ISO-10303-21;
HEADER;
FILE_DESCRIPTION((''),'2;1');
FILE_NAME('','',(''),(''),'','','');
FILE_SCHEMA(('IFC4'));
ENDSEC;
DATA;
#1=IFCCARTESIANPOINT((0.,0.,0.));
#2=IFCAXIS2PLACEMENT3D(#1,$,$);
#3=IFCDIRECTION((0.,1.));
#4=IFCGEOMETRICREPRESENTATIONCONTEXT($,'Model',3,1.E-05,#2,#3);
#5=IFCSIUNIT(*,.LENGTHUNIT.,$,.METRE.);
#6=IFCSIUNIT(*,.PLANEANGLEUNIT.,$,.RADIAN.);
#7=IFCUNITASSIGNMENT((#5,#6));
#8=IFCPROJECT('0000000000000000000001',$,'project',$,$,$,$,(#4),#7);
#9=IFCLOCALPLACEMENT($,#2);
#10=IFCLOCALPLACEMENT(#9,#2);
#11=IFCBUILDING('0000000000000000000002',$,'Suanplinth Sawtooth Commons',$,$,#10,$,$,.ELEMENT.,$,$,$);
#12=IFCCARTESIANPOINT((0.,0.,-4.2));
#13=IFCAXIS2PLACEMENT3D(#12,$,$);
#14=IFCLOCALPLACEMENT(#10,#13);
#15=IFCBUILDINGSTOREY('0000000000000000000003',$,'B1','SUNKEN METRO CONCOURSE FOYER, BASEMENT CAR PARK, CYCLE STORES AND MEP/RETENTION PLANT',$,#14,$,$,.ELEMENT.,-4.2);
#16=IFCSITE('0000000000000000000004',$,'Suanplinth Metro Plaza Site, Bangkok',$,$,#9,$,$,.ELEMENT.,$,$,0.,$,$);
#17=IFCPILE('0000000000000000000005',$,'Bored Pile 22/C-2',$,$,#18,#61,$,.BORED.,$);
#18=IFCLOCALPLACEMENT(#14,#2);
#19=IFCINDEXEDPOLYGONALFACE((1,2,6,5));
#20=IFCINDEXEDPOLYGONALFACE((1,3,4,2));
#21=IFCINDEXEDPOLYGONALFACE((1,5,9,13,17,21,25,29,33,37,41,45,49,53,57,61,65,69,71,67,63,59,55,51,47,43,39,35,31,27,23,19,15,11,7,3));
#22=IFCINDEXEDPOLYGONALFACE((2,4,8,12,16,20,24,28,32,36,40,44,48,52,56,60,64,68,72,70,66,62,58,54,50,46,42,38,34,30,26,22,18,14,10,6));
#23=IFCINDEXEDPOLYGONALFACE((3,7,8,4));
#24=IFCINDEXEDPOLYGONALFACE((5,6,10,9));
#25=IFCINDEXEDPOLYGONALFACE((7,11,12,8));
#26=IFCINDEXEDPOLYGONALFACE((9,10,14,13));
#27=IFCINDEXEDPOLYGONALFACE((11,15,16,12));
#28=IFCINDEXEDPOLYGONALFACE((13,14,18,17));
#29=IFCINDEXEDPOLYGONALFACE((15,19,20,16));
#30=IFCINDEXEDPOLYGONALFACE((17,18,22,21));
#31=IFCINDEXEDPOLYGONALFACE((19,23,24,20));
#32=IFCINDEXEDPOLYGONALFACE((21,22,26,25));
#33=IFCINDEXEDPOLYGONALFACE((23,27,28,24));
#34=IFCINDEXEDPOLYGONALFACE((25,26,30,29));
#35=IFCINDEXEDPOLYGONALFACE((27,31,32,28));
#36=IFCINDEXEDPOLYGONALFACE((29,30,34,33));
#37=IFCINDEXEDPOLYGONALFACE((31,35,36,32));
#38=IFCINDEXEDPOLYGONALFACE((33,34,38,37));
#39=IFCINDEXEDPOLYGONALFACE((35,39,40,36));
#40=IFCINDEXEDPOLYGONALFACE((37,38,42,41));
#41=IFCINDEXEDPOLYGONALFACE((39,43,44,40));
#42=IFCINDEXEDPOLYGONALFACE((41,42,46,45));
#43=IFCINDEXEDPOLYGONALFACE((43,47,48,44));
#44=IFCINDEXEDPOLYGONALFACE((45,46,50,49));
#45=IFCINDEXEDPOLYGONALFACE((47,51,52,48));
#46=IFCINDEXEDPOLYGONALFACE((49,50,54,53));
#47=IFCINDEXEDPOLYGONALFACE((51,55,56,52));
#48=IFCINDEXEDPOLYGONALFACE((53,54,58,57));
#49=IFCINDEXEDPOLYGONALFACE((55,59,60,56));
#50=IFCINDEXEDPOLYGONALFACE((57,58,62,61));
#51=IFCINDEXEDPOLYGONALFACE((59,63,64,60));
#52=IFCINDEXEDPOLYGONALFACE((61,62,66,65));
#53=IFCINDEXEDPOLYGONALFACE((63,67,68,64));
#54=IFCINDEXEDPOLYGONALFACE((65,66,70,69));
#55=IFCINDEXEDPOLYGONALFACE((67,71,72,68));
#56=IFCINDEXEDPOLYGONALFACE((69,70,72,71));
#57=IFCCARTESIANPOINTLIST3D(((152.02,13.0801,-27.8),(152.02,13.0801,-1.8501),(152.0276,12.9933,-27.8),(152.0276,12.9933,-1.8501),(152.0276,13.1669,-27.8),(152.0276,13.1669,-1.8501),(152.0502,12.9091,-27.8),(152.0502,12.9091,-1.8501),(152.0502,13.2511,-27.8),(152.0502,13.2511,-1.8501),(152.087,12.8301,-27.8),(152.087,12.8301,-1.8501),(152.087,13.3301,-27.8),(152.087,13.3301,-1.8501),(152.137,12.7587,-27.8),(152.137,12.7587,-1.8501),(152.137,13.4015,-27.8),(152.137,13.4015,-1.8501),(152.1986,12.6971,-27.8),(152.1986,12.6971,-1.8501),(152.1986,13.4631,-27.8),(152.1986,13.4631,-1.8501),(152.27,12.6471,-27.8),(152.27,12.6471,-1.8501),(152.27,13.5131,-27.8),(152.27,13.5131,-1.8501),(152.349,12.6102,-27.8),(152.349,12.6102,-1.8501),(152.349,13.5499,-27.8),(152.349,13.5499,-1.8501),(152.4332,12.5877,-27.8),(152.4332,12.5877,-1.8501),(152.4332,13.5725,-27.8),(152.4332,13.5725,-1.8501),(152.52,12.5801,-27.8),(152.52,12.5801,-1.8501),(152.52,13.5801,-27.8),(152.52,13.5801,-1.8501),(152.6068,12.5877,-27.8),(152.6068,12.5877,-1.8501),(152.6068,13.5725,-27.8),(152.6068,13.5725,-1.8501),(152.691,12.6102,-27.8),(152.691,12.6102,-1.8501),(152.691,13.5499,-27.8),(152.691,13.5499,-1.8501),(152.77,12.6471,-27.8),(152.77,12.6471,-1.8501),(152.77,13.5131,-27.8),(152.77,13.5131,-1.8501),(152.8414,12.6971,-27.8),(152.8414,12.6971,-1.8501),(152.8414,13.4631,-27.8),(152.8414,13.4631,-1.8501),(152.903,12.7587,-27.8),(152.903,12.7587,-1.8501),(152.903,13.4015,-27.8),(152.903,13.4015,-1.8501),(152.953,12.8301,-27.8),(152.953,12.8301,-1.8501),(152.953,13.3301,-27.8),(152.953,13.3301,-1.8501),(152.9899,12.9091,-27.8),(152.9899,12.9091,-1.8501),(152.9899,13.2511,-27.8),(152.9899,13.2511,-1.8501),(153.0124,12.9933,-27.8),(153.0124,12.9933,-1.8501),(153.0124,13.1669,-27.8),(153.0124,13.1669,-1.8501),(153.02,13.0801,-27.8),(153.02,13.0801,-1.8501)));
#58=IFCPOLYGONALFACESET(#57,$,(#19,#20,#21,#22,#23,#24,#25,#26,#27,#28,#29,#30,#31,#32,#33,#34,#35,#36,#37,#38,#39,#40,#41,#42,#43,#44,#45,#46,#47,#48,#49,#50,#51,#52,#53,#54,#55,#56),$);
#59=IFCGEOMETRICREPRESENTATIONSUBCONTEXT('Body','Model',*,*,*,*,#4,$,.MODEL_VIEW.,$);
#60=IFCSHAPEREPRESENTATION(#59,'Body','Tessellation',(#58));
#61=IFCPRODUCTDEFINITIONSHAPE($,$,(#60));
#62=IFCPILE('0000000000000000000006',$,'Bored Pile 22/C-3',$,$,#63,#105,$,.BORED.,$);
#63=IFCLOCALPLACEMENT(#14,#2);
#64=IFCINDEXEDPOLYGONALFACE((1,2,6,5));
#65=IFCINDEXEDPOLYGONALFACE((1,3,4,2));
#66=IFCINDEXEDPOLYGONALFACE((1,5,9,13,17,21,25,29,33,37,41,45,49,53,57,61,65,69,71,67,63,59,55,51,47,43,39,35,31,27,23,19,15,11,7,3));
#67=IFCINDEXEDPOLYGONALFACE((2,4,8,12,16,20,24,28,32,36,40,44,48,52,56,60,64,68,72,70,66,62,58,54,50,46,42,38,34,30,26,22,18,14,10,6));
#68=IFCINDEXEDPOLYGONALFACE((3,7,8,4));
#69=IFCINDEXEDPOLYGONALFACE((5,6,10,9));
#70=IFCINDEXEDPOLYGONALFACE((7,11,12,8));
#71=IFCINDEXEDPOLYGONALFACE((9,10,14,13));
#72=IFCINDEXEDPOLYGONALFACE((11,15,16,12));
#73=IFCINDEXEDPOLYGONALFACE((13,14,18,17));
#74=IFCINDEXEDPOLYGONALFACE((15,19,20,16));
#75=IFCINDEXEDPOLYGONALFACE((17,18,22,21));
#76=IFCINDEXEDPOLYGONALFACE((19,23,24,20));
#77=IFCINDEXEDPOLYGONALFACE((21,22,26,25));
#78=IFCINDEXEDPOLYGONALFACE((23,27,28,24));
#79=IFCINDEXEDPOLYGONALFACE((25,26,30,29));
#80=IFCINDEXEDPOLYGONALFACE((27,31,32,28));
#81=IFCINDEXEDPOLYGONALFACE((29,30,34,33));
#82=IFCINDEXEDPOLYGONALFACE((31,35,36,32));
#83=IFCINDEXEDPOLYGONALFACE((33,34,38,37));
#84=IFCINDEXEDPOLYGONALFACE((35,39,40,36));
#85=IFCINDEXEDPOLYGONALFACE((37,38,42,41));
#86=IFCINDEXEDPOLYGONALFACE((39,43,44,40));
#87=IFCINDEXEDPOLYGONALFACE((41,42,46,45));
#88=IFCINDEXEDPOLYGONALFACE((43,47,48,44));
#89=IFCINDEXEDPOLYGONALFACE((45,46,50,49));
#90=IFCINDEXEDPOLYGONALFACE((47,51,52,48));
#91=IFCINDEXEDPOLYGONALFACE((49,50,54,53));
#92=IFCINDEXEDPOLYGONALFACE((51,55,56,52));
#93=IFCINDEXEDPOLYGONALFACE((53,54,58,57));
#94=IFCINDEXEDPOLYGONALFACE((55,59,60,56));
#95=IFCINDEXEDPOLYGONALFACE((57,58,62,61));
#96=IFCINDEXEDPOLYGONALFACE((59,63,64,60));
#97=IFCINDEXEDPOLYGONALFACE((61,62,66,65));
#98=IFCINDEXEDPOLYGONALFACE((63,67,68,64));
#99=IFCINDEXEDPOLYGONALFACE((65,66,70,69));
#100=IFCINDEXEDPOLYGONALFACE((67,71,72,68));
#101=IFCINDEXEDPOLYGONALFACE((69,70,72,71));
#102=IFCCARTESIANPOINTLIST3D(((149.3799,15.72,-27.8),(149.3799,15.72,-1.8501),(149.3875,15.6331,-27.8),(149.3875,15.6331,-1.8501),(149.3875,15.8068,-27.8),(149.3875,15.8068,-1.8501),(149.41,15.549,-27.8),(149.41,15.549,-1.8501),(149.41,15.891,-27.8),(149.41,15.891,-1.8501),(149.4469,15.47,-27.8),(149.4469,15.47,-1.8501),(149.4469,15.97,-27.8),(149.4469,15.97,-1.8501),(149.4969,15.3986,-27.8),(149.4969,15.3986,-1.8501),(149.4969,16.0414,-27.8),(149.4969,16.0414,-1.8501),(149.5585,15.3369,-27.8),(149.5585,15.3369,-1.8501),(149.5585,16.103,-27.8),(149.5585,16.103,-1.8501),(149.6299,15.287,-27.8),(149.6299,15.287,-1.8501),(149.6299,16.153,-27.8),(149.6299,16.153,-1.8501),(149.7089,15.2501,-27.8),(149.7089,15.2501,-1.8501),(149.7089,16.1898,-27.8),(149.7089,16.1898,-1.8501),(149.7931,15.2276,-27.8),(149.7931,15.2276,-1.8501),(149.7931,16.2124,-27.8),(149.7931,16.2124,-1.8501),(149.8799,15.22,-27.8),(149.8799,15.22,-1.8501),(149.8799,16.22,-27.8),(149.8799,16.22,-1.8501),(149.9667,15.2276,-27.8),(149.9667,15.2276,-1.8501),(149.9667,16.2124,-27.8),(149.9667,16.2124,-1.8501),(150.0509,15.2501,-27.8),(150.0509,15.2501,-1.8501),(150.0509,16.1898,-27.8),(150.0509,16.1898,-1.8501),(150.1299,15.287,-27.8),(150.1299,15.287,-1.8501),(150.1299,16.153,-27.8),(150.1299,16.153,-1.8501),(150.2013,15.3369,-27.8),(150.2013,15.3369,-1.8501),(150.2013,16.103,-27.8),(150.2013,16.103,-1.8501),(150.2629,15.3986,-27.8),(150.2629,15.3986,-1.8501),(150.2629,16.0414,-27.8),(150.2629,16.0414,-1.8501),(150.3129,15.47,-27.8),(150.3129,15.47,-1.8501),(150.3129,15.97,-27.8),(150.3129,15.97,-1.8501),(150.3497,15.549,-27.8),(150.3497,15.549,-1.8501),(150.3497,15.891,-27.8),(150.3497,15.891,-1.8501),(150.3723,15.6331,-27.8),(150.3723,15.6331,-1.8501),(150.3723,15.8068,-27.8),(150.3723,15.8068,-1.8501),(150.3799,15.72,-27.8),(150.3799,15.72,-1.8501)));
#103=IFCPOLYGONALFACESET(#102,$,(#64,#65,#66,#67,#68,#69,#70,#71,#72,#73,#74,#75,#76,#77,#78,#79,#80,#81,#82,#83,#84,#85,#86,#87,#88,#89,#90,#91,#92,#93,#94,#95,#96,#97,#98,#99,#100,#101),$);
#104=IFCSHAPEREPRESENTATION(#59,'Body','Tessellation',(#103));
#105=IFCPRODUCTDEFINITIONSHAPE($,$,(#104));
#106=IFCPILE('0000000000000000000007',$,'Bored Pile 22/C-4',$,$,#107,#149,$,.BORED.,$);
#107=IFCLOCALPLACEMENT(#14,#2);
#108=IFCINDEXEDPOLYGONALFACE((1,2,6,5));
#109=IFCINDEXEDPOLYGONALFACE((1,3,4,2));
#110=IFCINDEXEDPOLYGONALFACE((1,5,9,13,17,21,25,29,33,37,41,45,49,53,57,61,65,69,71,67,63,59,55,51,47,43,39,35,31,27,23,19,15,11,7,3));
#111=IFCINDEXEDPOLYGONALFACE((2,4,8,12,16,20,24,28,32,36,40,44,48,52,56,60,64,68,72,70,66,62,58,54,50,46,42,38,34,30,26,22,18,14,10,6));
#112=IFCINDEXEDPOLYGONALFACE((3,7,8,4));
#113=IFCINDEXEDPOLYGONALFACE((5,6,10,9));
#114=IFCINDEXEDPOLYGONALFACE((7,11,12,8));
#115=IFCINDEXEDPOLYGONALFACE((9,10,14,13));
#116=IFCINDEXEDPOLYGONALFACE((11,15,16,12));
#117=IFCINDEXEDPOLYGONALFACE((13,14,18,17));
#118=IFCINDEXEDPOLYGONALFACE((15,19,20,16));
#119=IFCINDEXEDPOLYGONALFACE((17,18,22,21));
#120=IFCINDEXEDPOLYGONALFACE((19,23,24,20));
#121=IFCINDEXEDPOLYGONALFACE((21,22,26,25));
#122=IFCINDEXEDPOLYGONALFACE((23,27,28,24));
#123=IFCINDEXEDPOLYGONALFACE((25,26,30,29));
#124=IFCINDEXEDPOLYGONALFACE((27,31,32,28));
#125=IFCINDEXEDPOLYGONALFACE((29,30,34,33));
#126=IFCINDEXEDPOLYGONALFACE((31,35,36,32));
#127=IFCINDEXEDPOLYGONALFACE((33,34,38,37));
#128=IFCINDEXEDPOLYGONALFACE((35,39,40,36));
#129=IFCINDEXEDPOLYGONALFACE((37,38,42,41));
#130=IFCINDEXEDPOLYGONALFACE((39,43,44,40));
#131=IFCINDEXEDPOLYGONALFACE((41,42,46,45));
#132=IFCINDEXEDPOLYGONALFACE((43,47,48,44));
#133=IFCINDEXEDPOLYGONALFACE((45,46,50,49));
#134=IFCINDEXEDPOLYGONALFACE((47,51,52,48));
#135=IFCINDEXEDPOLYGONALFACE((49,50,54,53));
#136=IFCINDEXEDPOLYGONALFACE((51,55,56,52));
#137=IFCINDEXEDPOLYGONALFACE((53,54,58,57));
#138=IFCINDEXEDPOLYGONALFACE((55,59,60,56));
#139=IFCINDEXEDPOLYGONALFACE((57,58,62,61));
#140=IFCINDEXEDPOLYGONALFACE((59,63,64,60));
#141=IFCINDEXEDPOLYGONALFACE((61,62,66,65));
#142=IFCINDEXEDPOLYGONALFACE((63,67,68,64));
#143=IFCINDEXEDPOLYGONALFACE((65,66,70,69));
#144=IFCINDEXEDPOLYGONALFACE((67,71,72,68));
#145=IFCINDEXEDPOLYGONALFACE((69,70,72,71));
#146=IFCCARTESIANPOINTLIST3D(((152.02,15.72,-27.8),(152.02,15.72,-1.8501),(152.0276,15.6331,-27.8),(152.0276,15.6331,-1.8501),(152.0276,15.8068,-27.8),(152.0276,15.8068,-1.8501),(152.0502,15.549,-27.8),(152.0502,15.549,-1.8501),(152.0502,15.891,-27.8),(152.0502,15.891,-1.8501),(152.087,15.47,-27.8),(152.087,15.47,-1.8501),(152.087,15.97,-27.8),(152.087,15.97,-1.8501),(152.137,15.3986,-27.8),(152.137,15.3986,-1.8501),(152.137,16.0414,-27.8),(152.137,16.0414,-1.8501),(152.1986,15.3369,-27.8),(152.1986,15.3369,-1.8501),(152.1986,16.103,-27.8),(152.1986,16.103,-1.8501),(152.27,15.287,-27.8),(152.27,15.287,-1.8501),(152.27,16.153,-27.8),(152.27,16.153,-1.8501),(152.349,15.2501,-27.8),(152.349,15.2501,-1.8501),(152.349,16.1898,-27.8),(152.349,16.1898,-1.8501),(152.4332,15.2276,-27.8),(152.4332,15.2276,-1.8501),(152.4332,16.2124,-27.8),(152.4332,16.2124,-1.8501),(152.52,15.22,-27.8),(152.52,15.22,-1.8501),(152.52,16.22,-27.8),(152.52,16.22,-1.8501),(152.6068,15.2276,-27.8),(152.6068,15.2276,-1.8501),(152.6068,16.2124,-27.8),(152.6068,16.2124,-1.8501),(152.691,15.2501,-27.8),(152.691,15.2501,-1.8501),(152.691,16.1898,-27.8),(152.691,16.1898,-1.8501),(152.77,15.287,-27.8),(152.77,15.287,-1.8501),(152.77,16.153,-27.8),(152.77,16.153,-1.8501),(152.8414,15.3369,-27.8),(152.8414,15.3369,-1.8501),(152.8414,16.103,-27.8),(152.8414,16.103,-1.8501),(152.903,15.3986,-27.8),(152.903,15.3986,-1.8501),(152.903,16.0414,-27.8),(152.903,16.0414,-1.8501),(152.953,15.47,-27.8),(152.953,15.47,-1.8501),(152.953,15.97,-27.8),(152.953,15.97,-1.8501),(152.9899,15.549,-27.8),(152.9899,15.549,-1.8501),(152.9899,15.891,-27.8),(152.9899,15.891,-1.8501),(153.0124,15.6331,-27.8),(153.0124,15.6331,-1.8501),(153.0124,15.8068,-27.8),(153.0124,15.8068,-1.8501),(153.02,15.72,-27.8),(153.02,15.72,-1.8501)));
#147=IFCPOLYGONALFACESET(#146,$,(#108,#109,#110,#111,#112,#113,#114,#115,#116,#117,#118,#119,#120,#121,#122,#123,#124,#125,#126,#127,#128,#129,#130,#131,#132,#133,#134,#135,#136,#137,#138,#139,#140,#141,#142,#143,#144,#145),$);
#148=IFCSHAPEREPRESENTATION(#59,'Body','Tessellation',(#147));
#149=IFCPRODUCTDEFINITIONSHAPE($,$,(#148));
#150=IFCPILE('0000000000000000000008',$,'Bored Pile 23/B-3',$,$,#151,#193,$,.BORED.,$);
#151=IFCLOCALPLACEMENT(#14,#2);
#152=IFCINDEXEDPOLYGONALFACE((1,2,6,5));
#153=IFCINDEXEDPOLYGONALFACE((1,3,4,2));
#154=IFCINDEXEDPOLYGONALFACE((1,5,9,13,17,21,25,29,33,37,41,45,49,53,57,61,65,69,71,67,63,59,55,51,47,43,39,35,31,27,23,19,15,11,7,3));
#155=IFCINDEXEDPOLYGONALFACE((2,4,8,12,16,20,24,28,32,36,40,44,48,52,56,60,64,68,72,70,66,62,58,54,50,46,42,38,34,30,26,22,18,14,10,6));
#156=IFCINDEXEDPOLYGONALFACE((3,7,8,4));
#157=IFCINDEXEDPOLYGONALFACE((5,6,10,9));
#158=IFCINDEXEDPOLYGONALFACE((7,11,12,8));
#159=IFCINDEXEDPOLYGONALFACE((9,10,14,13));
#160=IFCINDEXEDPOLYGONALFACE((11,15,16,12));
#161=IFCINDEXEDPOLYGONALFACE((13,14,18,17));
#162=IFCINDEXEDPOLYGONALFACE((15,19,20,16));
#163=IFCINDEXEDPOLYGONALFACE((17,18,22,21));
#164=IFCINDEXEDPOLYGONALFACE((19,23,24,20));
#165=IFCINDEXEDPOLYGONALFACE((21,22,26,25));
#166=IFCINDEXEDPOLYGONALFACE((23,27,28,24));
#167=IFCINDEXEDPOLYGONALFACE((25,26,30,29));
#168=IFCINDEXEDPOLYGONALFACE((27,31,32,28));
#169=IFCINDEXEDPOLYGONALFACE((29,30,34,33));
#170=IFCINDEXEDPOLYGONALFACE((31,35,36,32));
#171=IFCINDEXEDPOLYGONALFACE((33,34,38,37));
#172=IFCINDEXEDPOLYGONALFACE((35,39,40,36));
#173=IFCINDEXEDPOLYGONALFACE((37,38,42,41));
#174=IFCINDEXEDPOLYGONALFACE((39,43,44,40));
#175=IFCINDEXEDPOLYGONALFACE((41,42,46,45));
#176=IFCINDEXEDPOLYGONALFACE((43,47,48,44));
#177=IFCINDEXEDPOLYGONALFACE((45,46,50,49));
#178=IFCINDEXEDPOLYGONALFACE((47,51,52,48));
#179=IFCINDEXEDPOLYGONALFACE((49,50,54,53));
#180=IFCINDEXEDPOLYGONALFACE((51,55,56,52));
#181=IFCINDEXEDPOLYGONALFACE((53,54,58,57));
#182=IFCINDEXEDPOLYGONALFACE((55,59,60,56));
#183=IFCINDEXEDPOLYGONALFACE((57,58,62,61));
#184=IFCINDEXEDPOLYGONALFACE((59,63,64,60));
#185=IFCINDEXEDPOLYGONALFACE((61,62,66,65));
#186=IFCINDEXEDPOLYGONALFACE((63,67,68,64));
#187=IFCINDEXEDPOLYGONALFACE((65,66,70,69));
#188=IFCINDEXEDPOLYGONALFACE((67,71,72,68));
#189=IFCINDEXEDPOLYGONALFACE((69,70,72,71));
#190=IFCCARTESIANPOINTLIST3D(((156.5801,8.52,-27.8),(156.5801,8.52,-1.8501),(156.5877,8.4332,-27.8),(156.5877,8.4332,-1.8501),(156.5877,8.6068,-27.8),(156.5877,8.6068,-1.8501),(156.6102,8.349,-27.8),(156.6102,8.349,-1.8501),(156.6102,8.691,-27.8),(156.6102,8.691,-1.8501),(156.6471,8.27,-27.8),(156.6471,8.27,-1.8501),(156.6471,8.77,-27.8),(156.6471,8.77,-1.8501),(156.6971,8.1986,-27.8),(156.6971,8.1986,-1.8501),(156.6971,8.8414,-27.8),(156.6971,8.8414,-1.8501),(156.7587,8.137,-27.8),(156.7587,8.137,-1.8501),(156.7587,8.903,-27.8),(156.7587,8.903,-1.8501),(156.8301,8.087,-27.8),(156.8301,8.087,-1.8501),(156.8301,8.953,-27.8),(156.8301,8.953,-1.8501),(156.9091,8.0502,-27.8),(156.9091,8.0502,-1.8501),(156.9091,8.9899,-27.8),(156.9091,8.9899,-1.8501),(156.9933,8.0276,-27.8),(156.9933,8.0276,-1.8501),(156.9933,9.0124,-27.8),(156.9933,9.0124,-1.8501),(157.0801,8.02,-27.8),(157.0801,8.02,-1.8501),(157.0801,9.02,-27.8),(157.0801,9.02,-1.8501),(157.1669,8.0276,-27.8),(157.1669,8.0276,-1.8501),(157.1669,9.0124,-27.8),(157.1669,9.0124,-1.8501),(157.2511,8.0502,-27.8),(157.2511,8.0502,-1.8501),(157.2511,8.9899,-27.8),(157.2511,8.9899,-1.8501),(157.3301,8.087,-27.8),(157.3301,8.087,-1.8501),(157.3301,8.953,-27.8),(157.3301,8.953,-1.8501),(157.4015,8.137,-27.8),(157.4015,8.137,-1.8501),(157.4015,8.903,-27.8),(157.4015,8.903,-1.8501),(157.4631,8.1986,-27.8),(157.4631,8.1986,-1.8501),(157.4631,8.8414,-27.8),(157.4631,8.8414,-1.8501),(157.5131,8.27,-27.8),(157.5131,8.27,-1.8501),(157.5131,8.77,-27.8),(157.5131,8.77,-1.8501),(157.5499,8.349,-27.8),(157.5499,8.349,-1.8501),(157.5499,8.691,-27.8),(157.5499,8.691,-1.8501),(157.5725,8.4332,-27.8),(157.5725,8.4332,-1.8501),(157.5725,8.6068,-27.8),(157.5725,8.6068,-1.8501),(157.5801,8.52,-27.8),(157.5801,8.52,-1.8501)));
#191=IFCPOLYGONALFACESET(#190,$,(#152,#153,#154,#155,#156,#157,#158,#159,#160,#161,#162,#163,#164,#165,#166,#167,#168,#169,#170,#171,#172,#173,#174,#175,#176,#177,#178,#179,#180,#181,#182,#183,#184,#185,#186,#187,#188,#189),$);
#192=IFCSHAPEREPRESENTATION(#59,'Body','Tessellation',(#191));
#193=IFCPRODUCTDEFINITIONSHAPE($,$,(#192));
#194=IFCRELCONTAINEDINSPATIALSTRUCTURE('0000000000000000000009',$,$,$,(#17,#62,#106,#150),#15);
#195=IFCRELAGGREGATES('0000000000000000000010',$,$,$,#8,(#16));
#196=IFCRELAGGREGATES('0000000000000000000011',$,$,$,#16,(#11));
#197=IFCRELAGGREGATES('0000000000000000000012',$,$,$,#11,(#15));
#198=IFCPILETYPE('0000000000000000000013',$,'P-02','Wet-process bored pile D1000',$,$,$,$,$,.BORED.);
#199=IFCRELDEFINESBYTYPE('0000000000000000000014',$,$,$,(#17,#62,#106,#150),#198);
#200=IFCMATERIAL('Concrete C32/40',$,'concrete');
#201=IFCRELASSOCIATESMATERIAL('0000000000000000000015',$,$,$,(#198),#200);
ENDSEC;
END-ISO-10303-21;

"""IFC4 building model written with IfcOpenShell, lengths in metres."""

from ifc_helpers import new_model, si_unit, direction, frame, origin, origin_2d, place, context, subcontext, project, spatial, circle, extrude, material, material_profile, profile_set, type_object, element, save


model = new_model("IFC4")

# Units and contexts
model_context = context("Model", 3, precision=1e-05, world=origin(), true_north=direction((0.0, 1.0)))
body_context = subcontext(model_context, "Body", "Model", "MODEL_VIEW")
ifc_project = project(units=[si_unit("LENGTHUNIT", "METRE"), si_unit("PLANEANGLEUNIT", "RADIAN")], contexts=[model_context])

# Site, building, storey
site_placement = place(None, origin())
site = spatial("IfcSite", under=ifc_project, at=site_placement, Name="Suanplinth Metro Plaza Site, Bangkok", CompositionType="ELEMENT", RefElevation=0.0)
building_placement = place(site_placement, origin())
building = spatial("IfcBuilding", under=site, at=building_placement, Name="Suanplinth Sawtooth Commons", CompositionType="ELEMENT")
storey_placement = place(building_placement, frame((0.0, 0.0, -4.2)))
storey = spatial("IfcBuildingStorey", under=building, at=storey_placement, Name="B1", Description="SUNKEN METRO CONCOURSE FOYER, BASEMENT CAR PARK, CYCLE STORES AND MEP/RETENTION PLANT", CompositionType="ELEMENT", Elevation=-4.2)

# Piles
ifc_material_1 = material(Name="Concrete C32/40", Category="concrete")
ifc_material_profile_1 = material_profile(ifc_material_1, circle(Radius=0.5, at=origin_2d()), Name="PILE D1000")
ifc_profile_set_1 = profile_set([ifc_material_profile_1], Name="Concrete C32/40")
pile_type = type_object("IfcPileType", Name="P-02", Description="Wet-process bored pile D1000", PredefinedType="BORED", material=ifc_profile_set_1)
for number, where, z_axis, x_axis, name in (
    (1, (152.52, 13.0801, -1.8501), (0.0, 0.0, -1.0), (1.0, 0.0, 0.0), "Bored Pile 22/C-2"),
    (2, (149.8799, 15.72, -1.8501), (0.0, 0.0, -1.0), (1.0, 0.0, 0.0), "Bored Pile 22/C-3"),
    (3, (152.52, 15.72, -1.8501), (0.0, 0.0, -1.0), (1.0, 0.0, 0.0), "Bored Pile 22/C-4"),
    (4, (157.0801, 8.52, -1.8501), (0.0, 0.0, -1.0), (1.0, 0.0, 0.0), "Bored Pile 23/B-3"),
):
    element("IfcPile", number, at=place(storey_placement, frame(where, z_axis=z_axis, x_axis=x_axis)), inside=storey, type_object=pile_type, Name=name, PredefinedType="BORED", context=body_context, shape_type="SweptSolid", body=[
        extrude(circle(Radius=0.5, at=origin_2d()), origin(), (0.0, 0.0, 1.0), 25.95),
    ])

save(model, "model.ifc")
